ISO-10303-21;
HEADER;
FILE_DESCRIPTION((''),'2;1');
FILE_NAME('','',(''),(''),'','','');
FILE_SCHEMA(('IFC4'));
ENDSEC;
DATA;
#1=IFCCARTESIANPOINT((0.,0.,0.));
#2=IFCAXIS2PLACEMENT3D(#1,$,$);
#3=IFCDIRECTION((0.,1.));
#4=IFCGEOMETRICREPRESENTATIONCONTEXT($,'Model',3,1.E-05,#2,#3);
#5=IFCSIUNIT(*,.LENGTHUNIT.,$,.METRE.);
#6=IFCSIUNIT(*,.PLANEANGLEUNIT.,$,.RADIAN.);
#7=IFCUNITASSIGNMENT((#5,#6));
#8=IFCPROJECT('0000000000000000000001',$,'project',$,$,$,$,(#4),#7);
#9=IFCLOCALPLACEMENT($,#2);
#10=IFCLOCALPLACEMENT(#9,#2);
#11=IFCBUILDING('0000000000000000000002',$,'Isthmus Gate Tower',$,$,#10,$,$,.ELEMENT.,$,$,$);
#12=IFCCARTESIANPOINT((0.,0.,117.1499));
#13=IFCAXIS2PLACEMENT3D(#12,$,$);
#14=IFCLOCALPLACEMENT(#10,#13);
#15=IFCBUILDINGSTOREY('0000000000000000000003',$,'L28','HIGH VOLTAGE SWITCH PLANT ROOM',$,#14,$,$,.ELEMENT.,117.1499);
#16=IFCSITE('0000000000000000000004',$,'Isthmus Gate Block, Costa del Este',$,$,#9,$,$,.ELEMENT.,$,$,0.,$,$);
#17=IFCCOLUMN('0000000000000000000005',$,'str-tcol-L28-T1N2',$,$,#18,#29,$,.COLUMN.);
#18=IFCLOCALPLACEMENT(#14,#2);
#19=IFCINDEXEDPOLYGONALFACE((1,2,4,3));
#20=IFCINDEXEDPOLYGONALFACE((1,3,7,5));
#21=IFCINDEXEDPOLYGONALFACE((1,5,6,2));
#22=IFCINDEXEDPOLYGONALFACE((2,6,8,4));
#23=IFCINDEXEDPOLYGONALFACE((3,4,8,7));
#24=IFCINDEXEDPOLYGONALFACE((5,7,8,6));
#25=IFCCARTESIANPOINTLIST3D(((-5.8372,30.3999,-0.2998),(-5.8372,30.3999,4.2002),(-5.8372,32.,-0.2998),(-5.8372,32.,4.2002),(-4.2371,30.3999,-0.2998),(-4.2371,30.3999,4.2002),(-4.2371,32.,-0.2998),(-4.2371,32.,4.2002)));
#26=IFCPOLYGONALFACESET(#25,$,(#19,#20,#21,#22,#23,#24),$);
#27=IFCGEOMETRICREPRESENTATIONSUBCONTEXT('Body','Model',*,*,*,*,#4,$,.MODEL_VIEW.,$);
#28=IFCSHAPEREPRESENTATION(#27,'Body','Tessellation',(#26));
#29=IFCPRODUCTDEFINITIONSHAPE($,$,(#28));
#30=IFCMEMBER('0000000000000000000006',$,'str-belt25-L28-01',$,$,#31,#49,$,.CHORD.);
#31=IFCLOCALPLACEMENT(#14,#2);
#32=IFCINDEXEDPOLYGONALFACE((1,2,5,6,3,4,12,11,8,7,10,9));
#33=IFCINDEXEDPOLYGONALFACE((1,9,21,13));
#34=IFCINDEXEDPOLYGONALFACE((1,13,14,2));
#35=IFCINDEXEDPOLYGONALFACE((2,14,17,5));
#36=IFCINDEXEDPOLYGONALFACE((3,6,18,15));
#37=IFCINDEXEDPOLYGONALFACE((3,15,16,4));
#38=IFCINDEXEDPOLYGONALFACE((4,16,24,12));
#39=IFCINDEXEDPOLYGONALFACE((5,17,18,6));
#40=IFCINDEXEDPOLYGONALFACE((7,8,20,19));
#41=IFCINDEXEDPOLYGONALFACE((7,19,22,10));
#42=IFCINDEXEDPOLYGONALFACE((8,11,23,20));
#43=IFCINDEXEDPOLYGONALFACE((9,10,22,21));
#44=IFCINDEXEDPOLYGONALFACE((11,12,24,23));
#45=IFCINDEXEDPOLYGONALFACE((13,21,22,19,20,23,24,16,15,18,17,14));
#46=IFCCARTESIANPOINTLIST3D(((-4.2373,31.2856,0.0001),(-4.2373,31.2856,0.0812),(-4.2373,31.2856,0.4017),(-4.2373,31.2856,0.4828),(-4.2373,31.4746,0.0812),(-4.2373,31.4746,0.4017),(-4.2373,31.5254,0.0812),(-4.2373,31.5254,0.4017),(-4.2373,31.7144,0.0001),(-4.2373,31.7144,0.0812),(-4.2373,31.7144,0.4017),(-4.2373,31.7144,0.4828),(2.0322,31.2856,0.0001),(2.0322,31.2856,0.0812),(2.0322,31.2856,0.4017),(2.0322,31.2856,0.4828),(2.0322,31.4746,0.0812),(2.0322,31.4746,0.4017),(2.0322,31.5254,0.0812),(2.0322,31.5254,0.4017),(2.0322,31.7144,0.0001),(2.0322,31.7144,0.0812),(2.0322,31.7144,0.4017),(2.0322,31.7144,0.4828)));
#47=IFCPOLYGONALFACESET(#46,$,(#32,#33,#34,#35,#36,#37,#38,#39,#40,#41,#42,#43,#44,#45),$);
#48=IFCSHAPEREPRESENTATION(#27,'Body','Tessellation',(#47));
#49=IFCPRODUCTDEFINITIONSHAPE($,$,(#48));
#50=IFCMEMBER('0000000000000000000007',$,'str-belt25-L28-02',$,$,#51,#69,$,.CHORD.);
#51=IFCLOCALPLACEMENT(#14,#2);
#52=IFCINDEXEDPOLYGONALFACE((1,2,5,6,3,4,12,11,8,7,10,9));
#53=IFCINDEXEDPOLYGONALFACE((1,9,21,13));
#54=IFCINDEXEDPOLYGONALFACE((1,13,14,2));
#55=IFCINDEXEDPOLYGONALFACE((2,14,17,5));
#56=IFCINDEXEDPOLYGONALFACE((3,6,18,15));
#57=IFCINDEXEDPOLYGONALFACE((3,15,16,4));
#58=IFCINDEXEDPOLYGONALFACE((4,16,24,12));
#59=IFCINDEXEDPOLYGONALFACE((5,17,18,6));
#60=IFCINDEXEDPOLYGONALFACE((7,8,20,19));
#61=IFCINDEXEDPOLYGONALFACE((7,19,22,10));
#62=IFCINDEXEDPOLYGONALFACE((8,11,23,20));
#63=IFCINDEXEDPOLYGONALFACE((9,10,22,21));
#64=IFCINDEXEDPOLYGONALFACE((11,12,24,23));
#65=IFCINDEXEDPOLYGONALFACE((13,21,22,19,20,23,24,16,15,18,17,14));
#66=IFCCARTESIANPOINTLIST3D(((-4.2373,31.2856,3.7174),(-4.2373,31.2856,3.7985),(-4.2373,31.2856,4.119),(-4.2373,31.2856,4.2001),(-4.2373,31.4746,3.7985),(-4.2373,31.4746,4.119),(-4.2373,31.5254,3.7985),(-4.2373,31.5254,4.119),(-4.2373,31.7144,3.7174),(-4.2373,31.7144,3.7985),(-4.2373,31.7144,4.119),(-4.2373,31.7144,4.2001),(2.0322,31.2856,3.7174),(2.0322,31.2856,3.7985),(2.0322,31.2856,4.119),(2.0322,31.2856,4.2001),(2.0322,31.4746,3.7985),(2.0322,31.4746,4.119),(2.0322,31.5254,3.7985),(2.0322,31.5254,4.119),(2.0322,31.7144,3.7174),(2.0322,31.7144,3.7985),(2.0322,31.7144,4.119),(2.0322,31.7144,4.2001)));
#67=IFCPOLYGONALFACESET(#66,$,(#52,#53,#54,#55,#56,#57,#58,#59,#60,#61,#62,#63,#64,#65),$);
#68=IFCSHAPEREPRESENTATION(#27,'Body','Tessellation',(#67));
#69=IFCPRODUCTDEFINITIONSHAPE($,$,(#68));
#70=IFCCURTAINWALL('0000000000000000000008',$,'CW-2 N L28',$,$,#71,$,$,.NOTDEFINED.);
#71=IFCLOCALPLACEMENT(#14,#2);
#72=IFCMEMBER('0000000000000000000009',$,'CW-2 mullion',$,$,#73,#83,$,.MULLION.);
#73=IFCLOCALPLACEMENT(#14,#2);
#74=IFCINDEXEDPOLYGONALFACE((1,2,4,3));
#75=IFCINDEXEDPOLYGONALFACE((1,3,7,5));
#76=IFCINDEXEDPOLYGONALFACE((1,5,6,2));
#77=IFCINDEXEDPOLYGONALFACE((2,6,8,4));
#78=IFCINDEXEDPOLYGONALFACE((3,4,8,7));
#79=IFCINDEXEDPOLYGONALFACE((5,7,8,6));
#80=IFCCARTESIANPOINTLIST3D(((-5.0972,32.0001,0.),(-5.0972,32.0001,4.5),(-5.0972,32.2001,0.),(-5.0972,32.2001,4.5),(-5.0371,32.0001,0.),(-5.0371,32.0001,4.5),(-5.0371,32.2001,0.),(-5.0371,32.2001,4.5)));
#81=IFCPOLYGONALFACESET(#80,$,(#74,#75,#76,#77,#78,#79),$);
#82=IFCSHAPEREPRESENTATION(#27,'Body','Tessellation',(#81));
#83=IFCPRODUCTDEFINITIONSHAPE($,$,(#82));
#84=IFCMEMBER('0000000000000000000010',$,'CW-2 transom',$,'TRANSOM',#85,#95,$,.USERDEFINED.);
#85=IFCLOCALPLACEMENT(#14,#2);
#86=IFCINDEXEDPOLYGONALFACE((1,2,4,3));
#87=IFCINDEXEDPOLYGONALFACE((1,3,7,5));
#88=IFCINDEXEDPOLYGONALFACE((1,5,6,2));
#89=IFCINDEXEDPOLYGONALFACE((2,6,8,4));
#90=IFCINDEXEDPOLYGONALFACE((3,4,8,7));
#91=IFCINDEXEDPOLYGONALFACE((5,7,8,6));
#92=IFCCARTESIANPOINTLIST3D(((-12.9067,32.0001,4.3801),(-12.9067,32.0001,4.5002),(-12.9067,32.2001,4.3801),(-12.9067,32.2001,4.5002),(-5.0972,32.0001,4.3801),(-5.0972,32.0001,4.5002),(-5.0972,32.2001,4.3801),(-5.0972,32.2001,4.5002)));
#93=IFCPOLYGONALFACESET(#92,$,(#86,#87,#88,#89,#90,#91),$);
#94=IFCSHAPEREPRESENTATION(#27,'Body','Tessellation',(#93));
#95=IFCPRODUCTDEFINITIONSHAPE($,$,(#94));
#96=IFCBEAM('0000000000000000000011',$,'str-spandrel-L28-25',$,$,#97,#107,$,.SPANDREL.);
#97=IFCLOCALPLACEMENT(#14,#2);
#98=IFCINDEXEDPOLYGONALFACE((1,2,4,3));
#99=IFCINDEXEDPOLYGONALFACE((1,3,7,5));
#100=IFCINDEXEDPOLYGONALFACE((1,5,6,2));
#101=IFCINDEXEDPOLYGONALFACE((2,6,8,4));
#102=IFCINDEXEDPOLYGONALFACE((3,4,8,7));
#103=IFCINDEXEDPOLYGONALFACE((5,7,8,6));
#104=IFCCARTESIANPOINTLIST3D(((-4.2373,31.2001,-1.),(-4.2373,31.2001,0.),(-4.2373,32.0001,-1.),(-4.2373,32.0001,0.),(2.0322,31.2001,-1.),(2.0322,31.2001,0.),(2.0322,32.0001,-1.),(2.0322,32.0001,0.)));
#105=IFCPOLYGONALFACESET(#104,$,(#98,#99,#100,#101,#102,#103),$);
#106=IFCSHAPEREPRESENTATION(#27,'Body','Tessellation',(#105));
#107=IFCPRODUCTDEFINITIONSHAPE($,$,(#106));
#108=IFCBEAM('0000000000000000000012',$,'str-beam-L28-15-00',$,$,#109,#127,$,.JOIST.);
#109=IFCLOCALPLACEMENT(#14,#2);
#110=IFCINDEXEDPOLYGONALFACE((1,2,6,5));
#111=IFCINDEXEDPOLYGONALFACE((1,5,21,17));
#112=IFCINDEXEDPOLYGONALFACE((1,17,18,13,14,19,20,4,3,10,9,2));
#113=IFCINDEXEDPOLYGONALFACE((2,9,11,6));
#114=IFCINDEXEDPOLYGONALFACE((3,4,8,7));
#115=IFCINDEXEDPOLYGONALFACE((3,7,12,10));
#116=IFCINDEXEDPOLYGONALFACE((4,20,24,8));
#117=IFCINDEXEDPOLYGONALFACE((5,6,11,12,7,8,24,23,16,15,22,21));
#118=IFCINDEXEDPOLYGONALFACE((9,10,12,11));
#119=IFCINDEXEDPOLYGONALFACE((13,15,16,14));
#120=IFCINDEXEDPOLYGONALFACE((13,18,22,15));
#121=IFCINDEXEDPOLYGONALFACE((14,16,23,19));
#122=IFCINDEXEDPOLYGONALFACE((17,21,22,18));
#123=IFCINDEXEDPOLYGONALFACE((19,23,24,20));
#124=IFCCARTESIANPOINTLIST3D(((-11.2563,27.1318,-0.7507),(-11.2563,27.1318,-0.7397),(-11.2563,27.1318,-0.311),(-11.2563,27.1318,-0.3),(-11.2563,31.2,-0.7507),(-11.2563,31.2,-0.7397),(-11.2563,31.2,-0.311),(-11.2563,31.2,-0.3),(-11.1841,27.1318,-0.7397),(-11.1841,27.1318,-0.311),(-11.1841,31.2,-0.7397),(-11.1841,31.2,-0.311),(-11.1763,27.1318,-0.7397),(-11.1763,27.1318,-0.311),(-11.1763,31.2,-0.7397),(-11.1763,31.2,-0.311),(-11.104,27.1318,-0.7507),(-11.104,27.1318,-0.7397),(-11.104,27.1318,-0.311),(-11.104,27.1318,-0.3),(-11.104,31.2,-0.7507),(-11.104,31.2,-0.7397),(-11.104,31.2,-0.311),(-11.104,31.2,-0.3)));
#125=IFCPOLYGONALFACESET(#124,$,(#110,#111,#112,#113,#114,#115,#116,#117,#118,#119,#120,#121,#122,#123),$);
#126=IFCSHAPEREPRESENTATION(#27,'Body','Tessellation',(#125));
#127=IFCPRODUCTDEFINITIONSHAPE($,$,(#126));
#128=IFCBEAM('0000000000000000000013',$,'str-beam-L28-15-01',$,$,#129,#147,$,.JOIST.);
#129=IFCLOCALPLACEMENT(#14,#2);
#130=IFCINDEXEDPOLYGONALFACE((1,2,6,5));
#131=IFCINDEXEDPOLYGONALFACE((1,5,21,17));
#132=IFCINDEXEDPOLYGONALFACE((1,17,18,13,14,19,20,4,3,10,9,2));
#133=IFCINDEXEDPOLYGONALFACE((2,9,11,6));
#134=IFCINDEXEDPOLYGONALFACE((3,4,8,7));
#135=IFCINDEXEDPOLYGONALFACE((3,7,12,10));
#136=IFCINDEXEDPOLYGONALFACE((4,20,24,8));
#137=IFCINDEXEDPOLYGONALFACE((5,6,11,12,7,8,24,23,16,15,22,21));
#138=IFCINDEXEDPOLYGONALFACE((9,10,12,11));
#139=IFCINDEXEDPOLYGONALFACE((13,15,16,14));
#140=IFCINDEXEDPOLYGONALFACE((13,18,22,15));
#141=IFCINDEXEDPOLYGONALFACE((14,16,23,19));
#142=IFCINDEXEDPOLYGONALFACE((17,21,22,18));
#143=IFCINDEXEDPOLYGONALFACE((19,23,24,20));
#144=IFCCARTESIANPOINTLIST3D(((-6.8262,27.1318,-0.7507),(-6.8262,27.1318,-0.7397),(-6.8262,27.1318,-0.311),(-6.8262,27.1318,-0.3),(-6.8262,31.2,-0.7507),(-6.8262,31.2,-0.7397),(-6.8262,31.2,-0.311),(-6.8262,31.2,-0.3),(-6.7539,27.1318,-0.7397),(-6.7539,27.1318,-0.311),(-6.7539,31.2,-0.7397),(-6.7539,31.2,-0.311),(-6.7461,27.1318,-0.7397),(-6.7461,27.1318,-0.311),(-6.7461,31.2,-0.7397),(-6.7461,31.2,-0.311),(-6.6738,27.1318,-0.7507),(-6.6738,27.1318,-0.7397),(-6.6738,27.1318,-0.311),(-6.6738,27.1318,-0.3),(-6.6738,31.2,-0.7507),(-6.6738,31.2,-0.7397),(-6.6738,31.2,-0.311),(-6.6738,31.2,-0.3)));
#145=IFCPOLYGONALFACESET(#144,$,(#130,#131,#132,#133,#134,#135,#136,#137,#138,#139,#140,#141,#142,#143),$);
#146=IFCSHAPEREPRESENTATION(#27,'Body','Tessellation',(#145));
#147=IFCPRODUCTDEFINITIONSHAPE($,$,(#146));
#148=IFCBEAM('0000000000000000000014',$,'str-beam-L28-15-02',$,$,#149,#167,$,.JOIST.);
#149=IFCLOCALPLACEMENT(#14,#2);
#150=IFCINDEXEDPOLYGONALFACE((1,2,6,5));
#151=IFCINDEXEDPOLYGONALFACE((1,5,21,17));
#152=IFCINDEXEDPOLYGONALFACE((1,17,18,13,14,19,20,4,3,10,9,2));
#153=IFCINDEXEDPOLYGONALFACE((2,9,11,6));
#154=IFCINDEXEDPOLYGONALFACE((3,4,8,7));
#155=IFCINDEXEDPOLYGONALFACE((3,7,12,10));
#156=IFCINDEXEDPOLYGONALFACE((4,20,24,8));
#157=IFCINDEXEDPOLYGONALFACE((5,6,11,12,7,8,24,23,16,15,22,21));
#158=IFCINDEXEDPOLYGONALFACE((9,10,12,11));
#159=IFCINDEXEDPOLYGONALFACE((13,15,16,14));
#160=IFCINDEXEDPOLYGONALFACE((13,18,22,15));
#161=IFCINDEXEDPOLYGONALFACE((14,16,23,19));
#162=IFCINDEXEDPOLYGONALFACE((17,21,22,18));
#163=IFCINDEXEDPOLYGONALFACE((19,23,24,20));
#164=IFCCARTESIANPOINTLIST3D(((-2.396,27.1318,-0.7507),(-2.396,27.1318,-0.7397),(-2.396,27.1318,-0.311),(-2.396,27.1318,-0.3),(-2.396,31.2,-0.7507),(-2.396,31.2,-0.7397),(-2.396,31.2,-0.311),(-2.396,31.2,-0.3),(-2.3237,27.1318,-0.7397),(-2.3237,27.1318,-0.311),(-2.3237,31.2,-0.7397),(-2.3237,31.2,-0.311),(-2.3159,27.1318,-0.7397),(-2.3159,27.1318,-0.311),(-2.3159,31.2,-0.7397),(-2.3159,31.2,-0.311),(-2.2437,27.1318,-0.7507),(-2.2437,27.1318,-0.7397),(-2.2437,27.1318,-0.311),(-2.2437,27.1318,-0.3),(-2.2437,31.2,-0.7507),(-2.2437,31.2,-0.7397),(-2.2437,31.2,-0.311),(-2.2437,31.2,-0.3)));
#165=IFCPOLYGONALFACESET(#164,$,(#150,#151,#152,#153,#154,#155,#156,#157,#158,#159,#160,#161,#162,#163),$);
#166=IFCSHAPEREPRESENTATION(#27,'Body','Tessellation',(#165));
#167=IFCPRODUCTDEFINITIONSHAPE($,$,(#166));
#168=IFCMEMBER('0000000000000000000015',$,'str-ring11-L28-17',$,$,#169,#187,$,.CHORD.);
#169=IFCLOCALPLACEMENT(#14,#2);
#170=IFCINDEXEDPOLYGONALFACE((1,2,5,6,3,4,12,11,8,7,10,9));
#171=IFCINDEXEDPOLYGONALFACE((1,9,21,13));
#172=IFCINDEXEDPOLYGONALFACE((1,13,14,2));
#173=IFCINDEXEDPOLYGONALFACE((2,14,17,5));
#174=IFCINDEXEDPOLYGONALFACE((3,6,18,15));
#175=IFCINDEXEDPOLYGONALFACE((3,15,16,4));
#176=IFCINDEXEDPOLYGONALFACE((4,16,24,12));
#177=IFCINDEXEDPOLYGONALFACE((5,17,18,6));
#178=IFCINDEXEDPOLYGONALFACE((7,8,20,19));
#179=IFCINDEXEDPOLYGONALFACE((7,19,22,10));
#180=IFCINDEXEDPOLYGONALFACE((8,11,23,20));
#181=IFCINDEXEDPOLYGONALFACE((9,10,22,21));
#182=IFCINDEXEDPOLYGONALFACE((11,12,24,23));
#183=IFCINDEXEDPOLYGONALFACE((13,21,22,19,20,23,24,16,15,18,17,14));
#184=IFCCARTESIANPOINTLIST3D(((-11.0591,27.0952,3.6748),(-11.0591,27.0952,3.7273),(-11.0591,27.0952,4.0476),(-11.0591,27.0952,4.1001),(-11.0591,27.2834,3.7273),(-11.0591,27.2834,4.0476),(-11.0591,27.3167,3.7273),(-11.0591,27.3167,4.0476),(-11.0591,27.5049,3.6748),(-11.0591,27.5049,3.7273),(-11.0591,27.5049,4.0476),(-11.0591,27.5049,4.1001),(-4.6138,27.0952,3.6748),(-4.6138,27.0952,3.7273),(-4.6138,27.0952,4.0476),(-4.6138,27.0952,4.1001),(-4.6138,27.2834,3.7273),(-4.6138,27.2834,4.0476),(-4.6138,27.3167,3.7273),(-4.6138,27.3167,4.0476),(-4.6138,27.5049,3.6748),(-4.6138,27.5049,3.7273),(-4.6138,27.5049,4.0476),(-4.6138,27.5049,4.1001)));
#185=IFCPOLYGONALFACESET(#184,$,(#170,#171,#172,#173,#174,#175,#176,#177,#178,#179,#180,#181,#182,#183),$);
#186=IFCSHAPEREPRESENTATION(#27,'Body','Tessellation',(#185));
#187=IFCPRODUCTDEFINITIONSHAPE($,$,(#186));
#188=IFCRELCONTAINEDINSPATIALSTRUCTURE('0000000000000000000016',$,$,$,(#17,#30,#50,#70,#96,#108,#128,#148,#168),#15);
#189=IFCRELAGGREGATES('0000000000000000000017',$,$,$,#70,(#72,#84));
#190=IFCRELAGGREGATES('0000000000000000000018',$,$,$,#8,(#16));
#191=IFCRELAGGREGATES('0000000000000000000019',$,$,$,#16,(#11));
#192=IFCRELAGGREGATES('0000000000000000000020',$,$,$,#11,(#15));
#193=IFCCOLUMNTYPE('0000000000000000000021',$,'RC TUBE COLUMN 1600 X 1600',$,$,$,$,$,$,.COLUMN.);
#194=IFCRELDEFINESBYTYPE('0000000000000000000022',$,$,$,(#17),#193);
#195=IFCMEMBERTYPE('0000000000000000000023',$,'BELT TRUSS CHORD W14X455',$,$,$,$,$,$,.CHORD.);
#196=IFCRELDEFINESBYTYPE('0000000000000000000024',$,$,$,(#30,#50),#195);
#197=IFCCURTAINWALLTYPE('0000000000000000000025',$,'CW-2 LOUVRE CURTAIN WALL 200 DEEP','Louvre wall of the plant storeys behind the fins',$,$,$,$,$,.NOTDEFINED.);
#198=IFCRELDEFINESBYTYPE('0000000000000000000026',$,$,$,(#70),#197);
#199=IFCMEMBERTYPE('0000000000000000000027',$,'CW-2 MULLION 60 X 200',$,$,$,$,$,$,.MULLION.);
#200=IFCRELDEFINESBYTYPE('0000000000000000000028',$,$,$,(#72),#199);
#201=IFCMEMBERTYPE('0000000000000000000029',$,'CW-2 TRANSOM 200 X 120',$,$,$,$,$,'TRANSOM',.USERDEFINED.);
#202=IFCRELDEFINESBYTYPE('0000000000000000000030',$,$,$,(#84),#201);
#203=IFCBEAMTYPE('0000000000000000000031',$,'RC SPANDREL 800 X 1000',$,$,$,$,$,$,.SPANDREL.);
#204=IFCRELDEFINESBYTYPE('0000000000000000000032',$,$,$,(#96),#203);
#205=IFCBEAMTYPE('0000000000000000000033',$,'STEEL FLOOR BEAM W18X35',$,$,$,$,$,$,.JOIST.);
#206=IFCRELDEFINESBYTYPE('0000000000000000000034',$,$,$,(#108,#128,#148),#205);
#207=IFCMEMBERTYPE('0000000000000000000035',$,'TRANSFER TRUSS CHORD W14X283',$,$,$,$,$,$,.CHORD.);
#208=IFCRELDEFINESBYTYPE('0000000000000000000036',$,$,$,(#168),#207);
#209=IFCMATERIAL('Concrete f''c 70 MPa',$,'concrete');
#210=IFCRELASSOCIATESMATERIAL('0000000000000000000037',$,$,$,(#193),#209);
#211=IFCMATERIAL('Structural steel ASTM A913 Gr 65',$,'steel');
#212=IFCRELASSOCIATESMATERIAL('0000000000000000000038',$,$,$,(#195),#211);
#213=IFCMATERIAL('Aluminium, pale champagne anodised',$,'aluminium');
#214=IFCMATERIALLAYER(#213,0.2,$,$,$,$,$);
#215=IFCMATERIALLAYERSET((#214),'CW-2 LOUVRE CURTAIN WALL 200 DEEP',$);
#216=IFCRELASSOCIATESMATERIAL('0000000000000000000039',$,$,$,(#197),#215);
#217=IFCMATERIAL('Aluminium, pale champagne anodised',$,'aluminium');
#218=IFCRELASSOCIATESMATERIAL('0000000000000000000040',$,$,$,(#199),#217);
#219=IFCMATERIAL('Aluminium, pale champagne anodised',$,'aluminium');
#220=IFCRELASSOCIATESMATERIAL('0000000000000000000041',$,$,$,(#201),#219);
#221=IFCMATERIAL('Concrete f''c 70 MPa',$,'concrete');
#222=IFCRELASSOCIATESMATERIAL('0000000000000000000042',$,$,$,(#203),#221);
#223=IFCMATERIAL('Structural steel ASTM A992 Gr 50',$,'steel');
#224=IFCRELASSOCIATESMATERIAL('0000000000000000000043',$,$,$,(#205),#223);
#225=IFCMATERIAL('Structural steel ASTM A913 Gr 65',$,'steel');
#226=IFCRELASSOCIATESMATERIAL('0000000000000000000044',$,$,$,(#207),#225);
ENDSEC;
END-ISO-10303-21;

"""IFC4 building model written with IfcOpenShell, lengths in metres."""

from ifc_helpers import new_model, si_unit, direction, frame, origin, origin_2d, place, context, subcontext, project, spatial, rectangle, i_section, extrude, material, layer, layer_set, material_profile, profile_set, type_object, element, aggregate, save


model = new_model("IFC4")

# Units and contexts
model_context = context("Model", 3, precision=1e-05, world=origin(), true_north=direction((0.0, 1.0)))
body_context = subcontext(model_context, "Body", "Model", "MODEL_VIEW")
ifc_project = project(units=[si_unit("LENGTHUNIT", "METRE"), si_unit("PLANEANGLEUNIT", "RADIAN")], contexts=[model_context])

# Site, building, storey
site_placement = place(None, origin())
site = spatial("IfcSite", under=ifc_project, at=site_placement, Name="Isthmus Gate Block, Costa del Este", CompositionType="ELEMENT", RefElevation=0.0)
building_placement = place(site_placement, origin())
building = spatial("IfcBuilding", under=site, at=building_placement, Name="Isthmus Gate Tower", CompositionType="ELEMENT")
storey_placement = place(building_placement, frame((0.0, 0.0, 117.1499)))
storey = spatial("IfcBuildingStorey", under=building, at=storey_placement, Name="L28", Description="HIGH VOLTAGE SWITCH PLANT ROOM", CompositionType="ELEMENT", Elevation=117.1499)

# Column
ifc_material_1 = material(Name="Concrete f'c 70 MPa", Category="concrete")
ifc_material_profile_1 = material_profile(ifc_material_1, rectangle(XDim=1.6001, YDim=1.6001, at=origin_2d()), Name="RC 1600X1600")
ifc_profile_set_1 = profile_set([ifc_material_profile_1], Name="Concrete f'c 70 MPa")
column_type = type_object("IfcColumnType", Name="RC TUBE COLUMN 1600 X 1600", PredefinedType="COLUMN", material=ifc_profile_set_1)
column_placement = place(storey_placement, frame((-5.0371, 31.2, -0.2998), z_axis=(0.0, 0.0, 1.0), x_axis=(-1.0, 0.0, 0.0)))
element("IfcColumn", 1, at=column_placement, inside=storey, type_object=column_type, Name="str-tcol-L28-T1N2", PredefinedType="COLUMN", context=body_context, shape_type="SweptSolid", body=[
    extrude(rectangle(XDim=1.6001, YDim=1.6001, at=origin_2d()), origin(), (0.0, 0.0, 1.0), 4.5),
])

# Members
ifc_material_2 = material(Name="Structural steel ASTM A913 Gr 65", Category="steel")
ifc_material_profile_2 = material_profile(ifc_material_2, i_section(OverallWidth=0.4287, OverallDepth=0.4827, WebThickness=0.0508, FlangeThickness=0.0811, at=origin_2d()), Name="W14X455")
ifc_profile_set_2 = profile_set([ifc_material_profile_2], Name="Structural steel ASTM A913 Gr 65")
member_type_1 = type_object("IfcMemberType", Name="BELT TRUSS CHORD W14X455", PredefinedType="CHORD", material=ifc_profile_set_2)
for number, where, z_axis, x_axis, name in (
    (2, (-4.2373, 31.5, 0.2415), (1.0, 0.0, 0.0), (0.0, 1.0, 0.0), "str-belt25-L28-01"),
    (3, (-4.2373, 31.5, 3.9587), (1.0, 0.0, 0.0), (0.0, 1.0, 0.0), "str-belt25-L28-02"),
):
    element("IfcMember", number, at=place(storey_placement, frame(where, z_axis=z_axis, x_axis=x_axis)), inside=storey, type_object=member_type_1, Name=name, PredefinedType="CHORD", context=body_context, shape_type="SweptSolid", body=[
        extrude(i_section(OverallWidth=0.4287, OverallDepth=0.4827, WebThickness=0.0508, FlangeThickness=0.0811, at=origin_2d()), origin(), (0.0, 0.0, 1.0), 6.2695),
    ])

# Curtain wall, members
ifc_material_3 = material(Name="Aluminium, pale champagne anodised", Category="aluminium")
ifc_layer_1 = layer(ifc_material_3, 0.2)
ifc_layer_set_1 = layer_set([ifc_layer_1], Name="CW-2 LOUVRE CURTAIN WALL 200 DEEP")
curtain_wall_type = type_object("IfcCurtainWallType", Name="CW-2 LOUVRE CURTAIN WALL 200 DEEP", Description="Louvre wall of the plant storeys behind the fins", PredefinedType="NOTDEFINED", material=ifc_layer_set_1)
curtain_wall_placement = place(storey_placement, origin())
curtain_wall = element("IfcCurtainWall", 4, at=curtain_wall_placement, inside=storey, type_object=curtain_wall_type, Name="CW-2 N L28", PredefinedType="NOTDEFINED")
ifc_material_4 = material(Name="Aluminium, pale champagne anodised", Category="aluminium")
ifc_material_profile_3 = material_profile(ifc_material_4, rectangle(XDim=0.0601, YDim=0.2, at=origin_2d()), Name="60x200")
ifc_profile_set_3 = profile_set([ifc_material_profile_3], Name="Aluminium, pale champagne anodised")
member_type_2 = type_object("IfcMemberType", Name="CW-2 MULLION 60 X 200", PredefinedType="MULLION", material=ifc_profile_set_3)
member_1_placement = place(storey_placement, frame((-5.0671, 32.1001, 0.0), z_axis=(0.0, 0.0, 1.0), x_axis=(-1.0, 0.0, 0.0)))
member_1 = element("IfcMember", 5, at=member_1_placement, type_object=member_type_2, Name="CW-2 mullion", PredefinedType="MULLION", context=body_context, shape_type="SweptSolid", body=[
    extrude(rectangle(XDim=0.0601, YDim=0.2, at=origin_2d()), origin(), (0.0, 0.0, 1.0), 4.5),
])
ifc_material_5 = material(Name="Aluminium, pale champagne anodised", Category="aluminium")
ifc_material_profile_4 = material_profile(ifc_material_5, rectangle(XDim=0.2, YDim=0.1201, at=origin_2d()), Name="200x120")
ifc_profile_set_4 = profile_set([ifc_material_profile_4], Name="Aluminium, pale champagne anodised")
member_type_3 = type_object("IfcMemberType", Name="CW-2 TRANSOM 200 X 120", ElementType="TRANSOM", PredefinedType="USERDEFINED", material=ifc_profile_set_4)
member_2_placement = place(storey_placement, frame((-5.0972, 32.1001, 4.4402), z_axis=(-1.0, 0.0, 0.0), x_axis=(0.0, -1.0, 0.0)))
member_2 = element("IfcMember", 6, at=member_2_placement, type_object=member_type_3, Name="CW-2 transom", ObjectType="TRANSOM", PredefinedType="USERDEFINED", context=body_context, shape_type="SweptSolid", body=[
    extrude(rectangle(XDim=0.2, YDim=0.1201, at=origin_2d()), origin(), (0.0, 0.0, 1.0), 7.8096),
])

# Beams
ifc_material_6 = material(Name="Concrete f'c 70 MPa", Category="concrete")
ifc_material_profile_5 = material_profile(ifc_material_6, rectangle(XDim=0.8, YDim=1.0, at=origin_2d()), Name="RC 800X1000")
ifc_profile_set_5 = profile_set([ifc_material_profile_5], Name="Concrete f'c 70 MPa")
beam_type_1 = type_object("IfcBeamType", Name="RC SPANDREL 800 X 1000", PredefinedType="SPANDREL", material=ifc_profile_set_5)
beam_placement = place(storey_placement, frame((-4.2373, 31.6001, -0.5), z_axis=(1.0, 0.0, 0.0), x_axis=(0.0, 1.0, 0.0)))
element("IfcBeam", 7, at=beam_placement, inside=storey, type_object=beam_type_1, Name="str-spandrel-L28-25", PredefinedType="SPANDREL", context=body_context, shape_type="SweptSolid", body=[
    extrude(rectangle(XDim=0.8, YDim=1.0, at=origin_2d()), origin(), (0.0, 0.0, 1.0), 6.2695),
])
ifc_material_7 = material(Name="Structural steel ASTM A992 Gr 50", Category="steel")
ifc_material_profile_6 = material_profile(ifc_material_7, i_section(OverallWidth=0.1523, OverallDepth=0.4507, WebThickness=0.0078, FlangeThickness=0.011, at=origin_2d()), Name="W18X35")
ifc_profile_set_6 = profile_set([ifc_material_profile_6], Name="Structural steel ASTM A992 Gr 50")
beam_type_2 = type_object("IfcBeamType", Name="STEEL FLOOR BEAM W18X35", PredefinedType="JOIST", material=ifc_profile_set_6)
for number, where, z_axis, x_axis, name in (
    (8, (-11.1802, 27.1318, -0.5254), (0.0, 1.0, 0.0), (-1.0, 0.0, 0.0), "str-beam-L28-15-00"),
    (9, (-6.75, 27.1318, -0.5254), (0.0, 1.0, 0.0), (-1.0, 0.0, 0.0), "str-beam-L28-15-01"),
    (10, (-2.3198, 27.1318, -0.5254), (0.0, 1.0, 0.0), (-1.0, 0.0, 0.0), "str-beam-L28-15-02"),
):
    element("IfcBeam", number, at=place(storey_placement, frame(where, z_axis=z_axis, x_axis=x_axis)), inside=storey, type_object=beam_type_2, Name=name, PredefinedType="JOIST", context=body_context, shape_type="SweptSolid", body=[
        extrude(i_section(OverallWidth=0.1523, OverallDepth=0.4507, WebThickness=0.0078, FlangeThickness=0.011, at=origin_2d()), origin(), (0.0, 0.0, 1.0), 4.0681),
    ])

# Member
ifc_material_8 = material(Name="Structural steel ASTM A913 Gr 65", Category="steel")
ifc_material_profile_7 = material_profile(ifc_material_8, i_section(OverallWidth=0.4097, OverallDepth=0.4253, WebThickness=0.0332, FlangeThickness=0.0525, at=origin_2d()), Name="W14X283")
ifc_profile_set_7 = profile_set([ifc_material_profile_7], Name="Structural steel ASTM A913 Gr 65")
member_type_4 = type_object("IfcMemberType", Name="TRANSFER TRUSS CHORD W14X283", PredefinedType="CHORD", material=ifc_profile_set_7)
for number, where, z_axis, x_axis, name in (
    (11, (-11.0591, 27.3, 3.8875), (1.0, 0.0, 0.0), (0.0, 1.0, 0.0), "str-ring11-L28-17"),
):
    element("IfcMember", number, at=place(storey_placement, frame(where, z_axis=z_axis, x_axis=x_axis)), inside=storey, type_object=member_type_4, Name=name, PredefinedType="CHORD", context=body_context, shape_type="SweptSolid", body=[
        extrude(i_section(OverallWidth=0.4097, OverallDepth=0.4253, WebThickness=0.0332, FlangeThickness=0.0525, at=origin_2d()), origin(), (0.0, 0.0, 1.0), 6.4453),
    ])

aggregate(curtain_wall, [member_1, member_2])

save(model, "model.ifc")
